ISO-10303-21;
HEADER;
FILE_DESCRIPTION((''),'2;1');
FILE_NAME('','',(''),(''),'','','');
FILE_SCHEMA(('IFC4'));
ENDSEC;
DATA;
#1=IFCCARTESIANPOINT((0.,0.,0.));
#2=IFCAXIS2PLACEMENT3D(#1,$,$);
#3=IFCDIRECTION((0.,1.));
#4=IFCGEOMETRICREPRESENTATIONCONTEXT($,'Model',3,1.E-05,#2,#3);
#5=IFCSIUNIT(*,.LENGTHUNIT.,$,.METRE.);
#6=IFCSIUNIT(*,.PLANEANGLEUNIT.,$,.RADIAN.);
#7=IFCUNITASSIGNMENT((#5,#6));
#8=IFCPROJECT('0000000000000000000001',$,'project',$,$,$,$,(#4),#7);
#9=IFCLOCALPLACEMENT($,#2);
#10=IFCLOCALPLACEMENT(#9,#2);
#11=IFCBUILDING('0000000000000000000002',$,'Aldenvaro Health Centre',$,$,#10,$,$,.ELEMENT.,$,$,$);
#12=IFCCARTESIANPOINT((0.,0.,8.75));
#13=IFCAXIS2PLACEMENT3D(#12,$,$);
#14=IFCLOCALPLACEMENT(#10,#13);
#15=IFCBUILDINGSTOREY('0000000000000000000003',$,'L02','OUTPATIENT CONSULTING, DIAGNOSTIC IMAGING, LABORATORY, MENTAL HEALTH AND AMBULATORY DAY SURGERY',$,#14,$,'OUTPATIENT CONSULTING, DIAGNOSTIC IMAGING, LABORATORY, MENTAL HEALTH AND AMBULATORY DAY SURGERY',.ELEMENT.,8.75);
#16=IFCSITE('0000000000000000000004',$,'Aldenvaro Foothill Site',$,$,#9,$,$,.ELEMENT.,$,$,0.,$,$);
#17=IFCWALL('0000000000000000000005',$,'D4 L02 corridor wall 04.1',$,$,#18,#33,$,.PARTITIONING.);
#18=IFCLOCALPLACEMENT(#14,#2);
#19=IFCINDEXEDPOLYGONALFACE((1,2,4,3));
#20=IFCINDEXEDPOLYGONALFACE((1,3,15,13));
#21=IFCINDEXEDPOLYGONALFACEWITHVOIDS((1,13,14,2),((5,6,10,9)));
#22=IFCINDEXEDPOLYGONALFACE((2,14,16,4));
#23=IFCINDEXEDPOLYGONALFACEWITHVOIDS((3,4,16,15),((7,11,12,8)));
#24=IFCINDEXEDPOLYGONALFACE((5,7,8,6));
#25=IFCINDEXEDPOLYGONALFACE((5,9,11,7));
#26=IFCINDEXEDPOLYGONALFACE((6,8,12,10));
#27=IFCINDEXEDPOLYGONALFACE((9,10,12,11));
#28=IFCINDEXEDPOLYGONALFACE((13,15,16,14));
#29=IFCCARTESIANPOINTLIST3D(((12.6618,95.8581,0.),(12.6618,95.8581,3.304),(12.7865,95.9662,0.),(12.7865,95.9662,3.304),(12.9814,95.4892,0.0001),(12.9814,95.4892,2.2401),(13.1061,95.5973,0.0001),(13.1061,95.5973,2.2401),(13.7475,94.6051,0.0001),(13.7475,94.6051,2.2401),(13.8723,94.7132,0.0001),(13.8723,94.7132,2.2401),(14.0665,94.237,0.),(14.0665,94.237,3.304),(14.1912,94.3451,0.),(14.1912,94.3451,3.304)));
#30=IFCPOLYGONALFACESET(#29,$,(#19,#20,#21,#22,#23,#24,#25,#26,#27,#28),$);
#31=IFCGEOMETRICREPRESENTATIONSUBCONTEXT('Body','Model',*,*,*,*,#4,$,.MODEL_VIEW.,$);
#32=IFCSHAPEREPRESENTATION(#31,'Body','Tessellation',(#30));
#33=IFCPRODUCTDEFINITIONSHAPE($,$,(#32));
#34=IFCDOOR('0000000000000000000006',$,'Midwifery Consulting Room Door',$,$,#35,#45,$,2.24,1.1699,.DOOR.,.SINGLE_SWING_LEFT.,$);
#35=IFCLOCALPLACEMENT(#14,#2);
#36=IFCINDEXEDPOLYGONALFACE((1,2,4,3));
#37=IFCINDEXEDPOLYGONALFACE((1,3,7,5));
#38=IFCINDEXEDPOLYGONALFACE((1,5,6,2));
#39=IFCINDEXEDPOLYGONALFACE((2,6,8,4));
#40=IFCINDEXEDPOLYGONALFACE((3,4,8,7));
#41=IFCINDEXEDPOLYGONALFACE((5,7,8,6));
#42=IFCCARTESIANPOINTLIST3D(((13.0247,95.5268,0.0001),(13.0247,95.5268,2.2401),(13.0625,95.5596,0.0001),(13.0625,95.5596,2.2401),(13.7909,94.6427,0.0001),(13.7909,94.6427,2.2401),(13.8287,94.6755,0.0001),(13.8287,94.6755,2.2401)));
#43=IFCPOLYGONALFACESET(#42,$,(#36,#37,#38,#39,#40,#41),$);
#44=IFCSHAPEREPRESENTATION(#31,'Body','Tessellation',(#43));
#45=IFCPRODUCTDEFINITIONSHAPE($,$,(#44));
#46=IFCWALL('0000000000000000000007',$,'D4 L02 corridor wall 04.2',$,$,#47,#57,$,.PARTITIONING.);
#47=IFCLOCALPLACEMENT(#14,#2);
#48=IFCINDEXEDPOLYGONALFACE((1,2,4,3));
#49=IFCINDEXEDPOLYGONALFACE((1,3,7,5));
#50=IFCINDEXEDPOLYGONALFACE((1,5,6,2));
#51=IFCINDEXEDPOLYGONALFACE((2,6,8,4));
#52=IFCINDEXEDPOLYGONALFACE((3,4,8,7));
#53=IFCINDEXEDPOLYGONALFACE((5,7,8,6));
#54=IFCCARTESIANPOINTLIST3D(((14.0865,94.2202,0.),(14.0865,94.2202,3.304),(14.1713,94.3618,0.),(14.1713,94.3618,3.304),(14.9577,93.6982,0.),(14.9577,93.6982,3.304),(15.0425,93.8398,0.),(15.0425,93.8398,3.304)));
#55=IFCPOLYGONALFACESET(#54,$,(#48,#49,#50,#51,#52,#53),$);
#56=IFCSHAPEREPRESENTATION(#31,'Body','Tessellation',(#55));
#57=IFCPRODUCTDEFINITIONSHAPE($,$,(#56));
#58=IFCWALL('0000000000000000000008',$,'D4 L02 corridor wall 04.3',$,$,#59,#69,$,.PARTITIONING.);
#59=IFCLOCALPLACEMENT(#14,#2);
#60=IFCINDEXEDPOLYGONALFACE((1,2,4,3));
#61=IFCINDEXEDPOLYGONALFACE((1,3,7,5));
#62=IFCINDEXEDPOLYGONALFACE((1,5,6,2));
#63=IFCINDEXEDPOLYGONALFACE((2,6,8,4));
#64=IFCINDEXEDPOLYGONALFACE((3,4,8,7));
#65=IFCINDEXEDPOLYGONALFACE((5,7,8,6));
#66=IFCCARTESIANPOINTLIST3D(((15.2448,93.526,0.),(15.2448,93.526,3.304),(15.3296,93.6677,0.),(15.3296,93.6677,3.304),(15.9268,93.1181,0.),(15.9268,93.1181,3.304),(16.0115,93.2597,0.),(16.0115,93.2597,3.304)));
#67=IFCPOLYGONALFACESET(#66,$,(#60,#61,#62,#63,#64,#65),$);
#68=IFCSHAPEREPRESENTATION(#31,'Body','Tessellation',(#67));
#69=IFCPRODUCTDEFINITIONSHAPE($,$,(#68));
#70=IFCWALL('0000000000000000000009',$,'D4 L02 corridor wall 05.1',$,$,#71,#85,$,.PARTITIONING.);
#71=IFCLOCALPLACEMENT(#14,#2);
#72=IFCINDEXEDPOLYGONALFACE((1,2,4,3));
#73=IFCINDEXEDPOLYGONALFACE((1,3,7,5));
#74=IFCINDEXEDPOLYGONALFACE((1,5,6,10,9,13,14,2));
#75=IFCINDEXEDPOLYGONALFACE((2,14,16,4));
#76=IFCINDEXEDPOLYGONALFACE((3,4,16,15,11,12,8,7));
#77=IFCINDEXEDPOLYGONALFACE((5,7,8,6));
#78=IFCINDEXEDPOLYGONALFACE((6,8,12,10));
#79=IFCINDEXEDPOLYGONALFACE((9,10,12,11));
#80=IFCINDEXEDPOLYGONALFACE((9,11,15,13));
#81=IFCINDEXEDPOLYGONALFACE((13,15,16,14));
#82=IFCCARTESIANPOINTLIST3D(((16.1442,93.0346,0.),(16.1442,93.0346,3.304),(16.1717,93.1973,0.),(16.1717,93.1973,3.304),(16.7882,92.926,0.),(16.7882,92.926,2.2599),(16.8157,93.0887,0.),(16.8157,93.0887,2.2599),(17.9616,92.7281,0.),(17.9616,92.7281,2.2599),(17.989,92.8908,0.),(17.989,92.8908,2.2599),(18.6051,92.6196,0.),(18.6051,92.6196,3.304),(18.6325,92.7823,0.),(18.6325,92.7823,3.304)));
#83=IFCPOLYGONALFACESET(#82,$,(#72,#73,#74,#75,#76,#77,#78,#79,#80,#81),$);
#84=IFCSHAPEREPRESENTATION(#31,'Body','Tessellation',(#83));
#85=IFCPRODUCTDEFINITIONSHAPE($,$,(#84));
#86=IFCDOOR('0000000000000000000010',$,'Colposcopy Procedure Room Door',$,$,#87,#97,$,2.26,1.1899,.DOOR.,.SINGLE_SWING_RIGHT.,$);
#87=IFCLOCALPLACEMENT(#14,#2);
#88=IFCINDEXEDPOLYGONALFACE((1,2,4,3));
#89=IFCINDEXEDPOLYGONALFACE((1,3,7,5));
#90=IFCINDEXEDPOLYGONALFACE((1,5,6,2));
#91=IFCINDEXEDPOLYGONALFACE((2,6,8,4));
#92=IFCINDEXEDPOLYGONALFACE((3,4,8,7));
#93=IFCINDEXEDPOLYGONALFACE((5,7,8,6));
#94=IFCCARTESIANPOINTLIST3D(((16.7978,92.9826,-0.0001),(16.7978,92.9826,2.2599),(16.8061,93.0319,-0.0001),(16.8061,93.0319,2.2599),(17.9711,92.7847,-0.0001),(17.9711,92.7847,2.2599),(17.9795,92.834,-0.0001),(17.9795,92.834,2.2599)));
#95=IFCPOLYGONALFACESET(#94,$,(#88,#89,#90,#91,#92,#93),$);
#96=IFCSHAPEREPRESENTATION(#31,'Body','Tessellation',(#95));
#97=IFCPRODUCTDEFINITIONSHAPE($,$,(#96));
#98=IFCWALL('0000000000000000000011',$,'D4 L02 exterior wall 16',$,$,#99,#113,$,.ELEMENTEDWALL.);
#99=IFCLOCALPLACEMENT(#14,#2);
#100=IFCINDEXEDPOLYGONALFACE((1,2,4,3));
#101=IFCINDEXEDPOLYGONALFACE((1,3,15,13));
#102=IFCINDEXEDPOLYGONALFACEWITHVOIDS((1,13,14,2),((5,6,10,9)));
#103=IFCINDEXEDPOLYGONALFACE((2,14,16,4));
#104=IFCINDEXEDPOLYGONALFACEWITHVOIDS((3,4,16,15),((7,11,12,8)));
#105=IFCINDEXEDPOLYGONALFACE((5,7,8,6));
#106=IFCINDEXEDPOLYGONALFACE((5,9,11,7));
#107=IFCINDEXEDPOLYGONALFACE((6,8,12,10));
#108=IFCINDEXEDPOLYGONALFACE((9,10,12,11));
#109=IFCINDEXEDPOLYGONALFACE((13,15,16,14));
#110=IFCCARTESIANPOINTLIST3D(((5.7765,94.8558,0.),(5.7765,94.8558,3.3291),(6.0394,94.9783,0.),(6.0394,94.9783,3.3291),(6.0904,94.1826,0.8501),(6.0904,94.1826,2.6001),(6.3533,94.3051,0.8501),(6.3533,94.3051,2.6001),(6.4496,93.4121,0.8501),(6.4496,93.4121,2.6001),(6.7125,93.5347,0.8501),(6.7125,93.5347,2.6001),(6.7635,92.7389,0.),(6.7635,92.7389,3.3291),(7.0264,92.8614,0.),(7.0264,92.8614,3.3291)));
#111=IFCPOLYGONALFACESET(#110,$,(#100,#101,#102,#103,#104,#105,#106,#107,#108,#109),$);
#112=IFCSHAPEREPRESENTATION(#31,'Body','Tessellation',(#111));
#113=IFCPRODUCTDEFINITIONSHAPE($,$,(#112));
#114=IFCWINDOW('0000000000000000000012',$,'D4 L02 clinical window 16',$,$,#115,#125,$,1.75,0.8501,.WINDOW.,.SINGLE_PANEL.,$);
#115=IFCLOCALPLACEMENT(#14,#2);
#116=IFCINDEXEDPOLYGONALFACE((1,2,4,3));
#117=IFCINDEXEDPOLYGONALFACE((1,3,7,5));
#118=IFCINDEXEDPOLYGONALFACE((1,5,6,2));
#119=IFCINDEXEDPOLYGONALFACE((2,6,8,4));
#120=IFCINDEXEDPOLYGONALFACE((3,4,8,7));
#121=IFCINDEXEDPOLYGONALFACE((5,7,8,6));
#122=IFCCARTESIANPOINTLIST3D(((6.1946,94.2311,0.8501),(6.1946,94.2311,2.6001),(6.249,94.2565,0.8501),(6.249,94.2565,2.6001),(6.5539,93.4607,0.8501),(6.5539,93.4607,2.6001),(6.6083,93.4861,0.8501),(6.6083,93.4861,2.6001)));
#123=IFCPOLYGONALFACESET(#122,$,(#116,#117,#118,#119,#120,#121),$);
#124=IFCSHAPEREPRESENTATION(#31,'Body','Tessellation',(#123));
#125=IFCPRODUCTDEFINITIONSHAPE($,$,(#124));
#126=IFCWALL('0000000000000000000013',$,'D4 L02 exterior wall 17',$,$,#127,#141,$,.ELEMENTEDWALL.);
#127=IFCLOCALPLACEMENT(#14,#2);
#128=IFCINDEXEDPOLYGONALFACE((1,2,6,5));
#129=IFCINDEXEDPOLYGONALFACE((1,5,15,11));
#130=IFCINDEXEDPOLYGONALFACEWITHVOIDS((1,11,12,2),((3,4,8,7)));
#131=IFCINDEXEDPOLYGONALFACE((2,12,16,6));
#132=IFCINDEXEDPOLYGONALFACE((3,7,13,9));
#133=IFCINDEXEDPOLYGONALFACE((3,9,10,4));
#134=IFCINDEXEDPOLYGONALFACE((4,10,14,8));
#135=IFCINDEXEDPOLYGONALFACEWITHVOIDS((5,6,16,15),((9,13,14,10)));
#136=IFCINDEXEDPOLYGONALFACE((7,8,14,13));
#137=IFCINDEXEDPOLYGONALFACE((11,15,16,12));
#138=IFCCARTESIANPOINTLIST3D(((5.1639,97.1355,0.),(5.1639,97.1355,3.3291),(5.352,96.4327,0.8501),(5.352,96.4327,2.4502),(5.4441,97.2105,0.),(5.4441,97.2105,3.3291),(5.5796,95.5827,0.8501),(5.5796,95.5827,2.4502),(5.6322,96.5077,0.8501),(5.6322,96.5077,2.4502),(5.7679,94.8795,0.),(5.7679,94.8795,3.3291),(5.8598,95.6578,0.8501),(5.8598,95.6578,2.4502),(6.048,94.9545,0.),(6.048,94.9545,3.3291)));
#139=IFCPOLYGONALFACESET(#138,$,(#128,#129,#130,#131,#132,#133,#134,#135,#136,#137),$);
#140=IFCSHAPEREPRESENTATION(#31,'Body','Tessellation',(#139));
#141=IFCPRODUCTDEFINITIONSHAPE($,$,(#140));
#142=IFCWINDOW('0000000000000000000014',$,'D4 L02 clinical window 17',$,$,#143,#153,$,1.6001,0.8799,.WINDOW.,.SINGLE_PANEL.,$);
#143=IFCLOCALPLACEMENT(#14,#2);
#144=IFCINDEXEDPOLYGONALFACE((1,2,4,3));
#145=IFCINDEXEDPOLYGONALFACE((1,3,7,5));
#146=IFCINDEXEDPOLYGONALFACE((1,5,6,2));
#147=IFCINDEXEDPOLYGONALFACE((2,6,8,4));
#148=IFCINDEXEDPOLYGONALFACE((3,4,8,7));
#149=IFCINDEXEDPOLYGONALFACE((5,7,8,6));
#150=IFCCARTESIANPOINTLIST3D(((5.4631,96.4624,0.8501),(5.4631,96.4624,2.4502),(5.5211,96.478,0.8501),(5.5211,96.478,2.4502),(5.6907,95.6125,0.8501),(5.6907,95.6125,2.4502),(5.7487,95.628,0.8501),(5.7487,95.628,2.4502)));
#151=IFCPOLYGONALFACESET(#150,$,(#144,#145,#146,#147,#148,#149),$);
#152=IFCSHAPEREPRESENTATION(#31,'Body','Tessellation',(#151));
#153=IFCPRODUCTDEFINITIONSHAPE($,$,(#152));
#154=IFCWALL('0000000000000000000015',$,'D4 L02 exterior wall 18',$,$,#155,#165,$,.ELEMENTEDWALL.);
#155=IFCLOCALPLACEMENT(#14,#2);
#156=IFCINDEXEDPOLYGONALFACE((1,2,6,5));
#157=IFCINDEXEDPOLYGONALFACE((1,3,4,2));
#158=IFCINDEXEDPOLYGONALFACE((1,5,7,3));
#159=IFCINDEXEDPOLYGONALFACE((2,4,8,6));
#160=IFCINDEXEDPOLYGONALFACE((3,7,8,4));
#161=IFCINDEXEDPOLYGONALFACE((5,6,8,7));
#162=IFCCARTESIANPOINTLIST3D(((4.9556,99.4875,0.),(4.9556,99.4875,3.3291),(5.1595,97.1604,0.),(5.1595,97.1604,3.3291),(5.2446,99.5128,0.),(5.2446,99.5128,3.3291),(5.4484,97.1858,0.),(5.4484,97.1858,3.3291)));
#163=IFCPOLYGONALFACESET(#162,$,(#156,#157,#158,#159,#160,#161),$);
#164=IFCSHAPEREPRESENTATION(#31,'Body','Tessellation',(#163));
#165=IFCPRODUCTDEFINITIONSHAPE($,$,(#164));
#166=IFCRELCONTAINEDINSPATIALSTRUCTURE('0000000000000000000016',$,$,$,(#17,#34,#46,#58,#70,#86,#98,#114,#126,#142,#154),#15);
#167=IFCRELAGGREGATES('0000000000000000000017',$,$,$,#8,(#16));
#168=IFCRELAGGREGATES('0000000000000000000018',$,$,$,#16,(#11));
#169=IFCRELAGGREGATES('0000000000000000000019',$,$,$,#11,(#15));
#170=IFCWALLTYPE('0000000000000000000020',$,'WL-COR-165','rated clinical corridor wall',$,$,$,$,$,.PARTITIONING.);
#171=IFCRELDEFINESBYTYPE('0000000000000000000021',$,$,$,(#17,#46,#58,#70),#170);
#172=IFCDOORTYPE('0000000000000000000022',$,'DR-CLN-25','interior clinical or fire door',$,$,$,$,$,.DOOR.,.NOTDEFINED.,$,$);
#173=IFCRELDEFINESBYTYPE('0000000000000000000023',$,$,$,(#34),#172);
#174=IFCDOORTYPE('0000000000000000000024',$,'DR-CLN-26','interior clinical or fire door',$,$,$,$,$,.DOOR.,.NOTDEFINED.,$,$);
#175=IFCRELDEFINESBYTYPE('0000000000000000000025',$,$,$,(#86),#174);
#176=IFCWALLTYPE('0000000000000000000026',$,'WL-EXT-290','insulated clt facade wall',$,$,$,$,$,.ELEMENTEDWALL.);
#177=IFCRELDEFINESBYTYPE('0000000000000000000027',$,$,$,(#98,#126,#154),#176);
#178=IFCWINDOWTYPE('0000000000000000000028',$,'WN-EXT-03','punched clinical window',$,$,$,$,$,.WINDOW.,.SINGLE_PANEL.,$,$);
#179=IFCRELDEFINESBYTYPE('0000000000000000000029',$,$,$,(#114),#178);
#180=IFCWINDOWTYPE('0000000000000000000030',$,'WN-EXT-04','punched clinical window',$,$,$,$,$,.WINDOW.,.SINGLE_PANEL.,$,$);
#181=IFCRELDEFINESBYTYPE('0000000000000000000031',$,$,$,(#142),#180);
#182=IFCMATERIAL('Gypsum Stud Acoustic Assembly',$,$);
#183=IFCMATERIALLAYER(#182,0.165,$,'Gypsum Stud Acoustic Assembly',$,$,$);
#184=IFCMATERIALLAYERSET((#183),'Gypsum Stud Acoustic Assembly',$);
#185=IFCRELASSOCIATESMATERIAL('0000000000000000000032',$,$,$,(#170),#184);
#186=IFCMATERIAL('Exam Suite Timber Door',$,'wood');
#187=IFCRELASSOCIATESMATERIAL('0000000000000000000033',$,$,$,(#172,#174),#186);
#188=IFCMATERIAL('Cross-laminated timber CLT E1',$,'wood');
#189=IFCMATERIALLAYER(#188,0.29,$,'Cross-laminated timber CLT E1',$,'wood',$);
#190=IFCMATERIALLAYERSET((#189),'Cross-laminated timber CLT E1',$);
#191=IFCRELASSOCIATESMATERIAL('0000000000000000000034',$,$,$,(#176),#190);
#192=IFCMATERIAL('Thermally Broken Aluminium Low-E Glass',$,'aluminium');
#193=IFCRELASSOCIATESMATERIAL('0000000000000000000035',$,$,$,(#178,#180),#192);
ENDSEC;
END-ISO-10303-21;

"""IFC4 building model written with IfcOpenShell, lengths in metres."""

from ifc_helpers import new_model, si_unit, direction, frame, frame_2d, origin, place, context, subcontext, project, spatial, rectangle, extrude, material, layer, layer_set, type_object, element, fill, save


model = new_model("IFC4")

# Units and contexts
model_context = context("Model", 3, precision=1e-05, world=origin(), true_north=direction((0.0, 1.0)))
body_context = subcontext(model_context, "Body", "Model", "MODEL_VIEW")
ifc_project = project(units=[si_unit("LENGTHUNIT", "METRE"), si_unit("PLANEANGLEUNIT", "RADIAN")], contexts=[model_context])

# Site, building, storey
site_placement = place(None, origin())
site = spatial("IfcSite", under=ifc_project, at=site_placement, Name="Aldenvaro Foothill Site", CompositionType="ELEMENT", RefElevation=0.0)
building_placement = place(site_placement, origin())
building = spatial("IfcBuilding", under=site, at=building_placement, Name="Aldenvaro Health Centre", CompositionType="ELEMENT")
storey_placement = place(building_placement, frame((0.0, 0.0, 8.75)))
storey = spatial("IfcBuildingStorey", under=building, at=storey_placement, Name="L02", Description="OUTPATIENT CONSULTING, DIAGNOSTIC IMAGING, LABORATORY, MENTAL HEALTH AND AMBULATORY DAY SURGERY", LongName="OUTPATIENT CONSULTING, DIAGNOSTIC IMAGING, LABORATORY, MENTAL HEALTH AND AMBULATORY DAY SURGERY", CompositionType="ELEMENT", Elevation=8.75)

# Shared definitions
ifc_material_1 = material(Name="Gypsum Stud Acoustic Assembly")

# Wall, opening, door
ifc_layer_1 = layer(ifc_material_1, 0.165, Name="Gypsum Stud Acoustic Assembly")
ifc_layer_set_1 = layer_set([ifc_layer_1], Name="Gypsum Stud Acoustic Assembly")
wall_type_1 = type_object("IfcWallType", Name="WL-COR-165", Description="rated clinical corridor wall", PredefinedType="PARTITIONING", material=ifc_layer_set_1)
wall_1_placement = place(storey_placement, frame((12.7241, 95.9121, 0.0), z_axis=(0.0, 0.0, 1.0), x_axis=(0.654887, -0.755727, 0.0)))
wall_1 = element("IfcWall", 1, at=wall_1_placement, inside=storey, type_object=wall_type_1, Name="D4 L02 corridor wall 04.1", PredefinedType="PARTITIONING", context=body_context, shape_type="SweptSolid", body=[
    extrude(rectangle(XDim=2.145, YDim=0.165, at=frame_2d((1.0725, 0.0))), origin(), (0.0, 0.0, 1.0), 3.304),
])
opening_1_placement = place(wall_1_placement, frame((0.488, 0.0, 0.0)))
opening_1 = element("IfcOpeningElement", 2, at=opening_1_placement, cuts=wall_1, PredefinedType="OPENING", context=body_context, shape_type="SweptSolid", body=[
    extrude(rectangle(XDim=1.1699, YDim=2.24, at=frame_2d((0.585, 1.1201))), frame((0.0, 0.0925, 0.0), z_axis=(0.0, -1.0, 0.0), x_axis=(1.0, 0.0, 0.0)), (0.0, 0.0, 1.0), 0.1851),
])
ifc_material_2 = material(Name="Exam Suite Timber Door", Category="wood")
door_type_1 = type_object("IfcDoorType", Name="DR-CLN-25", Description="interior clinical or fire door", OperationType="NOTDEFINED", PredefinedType="DOOR", material=ifc_material_2)
door_1_placement = place(opening_1_placement, origin())
door_1 = element("IfcDoor", 3, at=door_1_placement, inside=storey, type_object=door_type_1, Name="Midwifery Consulting Room Door", OperationType="SINGLE_SWING_LEFT", OverallHeight=2.24, OverallWidth=1.1699, PredefinedType="DOOR", context=body_context, shape_type="SweptSolid", body=[
    extrude(rectangle(XDim=1.1699, YDim=2.24, at=frame_2d((0.585, 1.1201))), frame((0.0, 0.0249, 0.0), z_axis=(0.0, -1.0, 0.0), x_axis=(1.0, 0.0, 0.0)), (0.0, 0.0, 1.0), 0.05),
])
fill(opening_1, door_1)

# Walls
wall_2_placement = place(storey_placement, frame((14.1289, 94.291, 0.0), z_axis=(0.0, 0.0, 1.0), x_axis=(0.85779, -0.514001, 0.0)))
element("IfcWall", 4, at=wall_2_placement, inside=storey, type_object=wall_type_1, Name="D4 L02 corridor wall 04.2", PredefinedType="PARTITIONING", context=body_context, shape_type="SweptSolid", body=[
    extrude(rectangle(XDim=1.0156, YDim=0.165, at=frame_2d((0.5078, 0.0))), origin(), (0.0, 0.0, 1.0), 3.304),
])
wall_3_placement = place(storey_placement, frame((15.2871, 93.5969, 0.0), z_axis=(0.0, 0.0, 1.0), x_axis=(0.858143, -0.513411, 0.0)))
element("IfcWall", 5, at=wall_3_placement, inside=storey, type_object=wall_type_1, Name="D4 L02 corridor wall 04.3", PredefinedType="PARTITIONING", context=body_context, shape_type="SweptSolid", body=[
    extrude(rectangle(XDim=0.7947, YDim=0.165, at=frame_2d((0.3975, 0.0))), origin(), (0.0, 0.0, 1.0), 3.304),
])

# Wall, opening, door
wall_4_placement = place(storey_placement, frame((16.158, 93.116, 0.0), z_axis=(0.0, 0.0, 1.0), x_axis=(0.986075, -0.166302, 0.0)))
wall_4 = element("IfcWall", 6, at=wall_4_placement, inside=storey, type_object=wall_type_1, Name="D4 L02 corridor wall 05.1", PredefinedType="PARTITIONING", context=body_context, shape_type="SweptSolid", body=[
    extrude(rectangle(XDim=2.4956, YDim=0.165, at=frame_2d((1.2478, 0.0))), origin(), (0.0, 0.0, 1.0), 3.304),
])
opening_2_placement = place(wall_4_placement, frame((0.6531, 0.0, 0.0)))
opening_2 = element("IfcOpeningElement", 7, at=opening_2_placement, cuts=wall_4, PredefinedType="OPENING", context=body_context, shape_type="SweptSolid", body=[
    extrude(rectangle(XDim=1.1899, YDim=2.26, at=frame_2d((0.595, 1.1299))), frame((0.0, 0.0925, 0.0), z_axis=(0.0, -1.0, 0.0), x_axis=(1.0, 0.0, 0.0)), (0.0, 0.0, 1.0), 0.1851),
])
door_type_2 = type_object("IfcDoorType", Name="DR-CLN-26", Description="interior clinical or fire door", OperationType="NOTDEFINED", PredefinedType="DOOR", material=ifc_material_2)
door_2_placement = place(opening_2_placement, origin())
door_2 = element("IfcDoor", 8, at=door_2_placement, inside=storey, type_object=door_type_2, Name="Colposcopy Procedure Room Door", OperationType="SINGLE_SWING_RIGHT", OverallHeight=2.26, OverallWidth=1.1899, PredefinedType="DOOR", context=body_context, shape_type="SweptSolid", body=[
    extrude(rectangle(XDim=1.1899, YDim=2.26, at=frame_2d((0.595, 1.1299))), frame((0.0, 0.0249, 0.0), z_axis=(0.0, -1.0, 0.0), x_axis=(1.0, 0.0, 0.0)), (0.0, 0.0, 1.0), 0.05),
])
fill(opening_2, door_2)

# Walls, openings, windows
ifc_material_3 = material(Name="Cross-laminated timber CLT E1", Category="wood")
ifc_layer_2 = layer(ifc_material_3, 0.29, Name="Cross-laminated timber CLT E1", Category="wood")
ifc_layer_set_2 = layer_set([ifc_layer_2], Name="Cross-laminated timber CLT E1")
wall_type_2 = type_object("IfcWallType", Name="WL-EXT-290", Description="insulated clt facade wall", PredefinedType="ELEMENTEDWALL", material=ifc_layer_set_2)
wall_5_placement = place(storey_placement, frame((6.895, 92.8, 0.0), z_axis=(0.0, 0.0, 1.0), x_axis=(-0.422588, 0.906322, 0.0)))
wall_5 = element("IfcWall", 9, at=wall_5_placement, inside=storey, type_object=wall_type_2, Name="D4 L02 exterior wall 16", PredefinedType="ELEMENTEDWALL", context=body_context, shape_type="SweptSolid", body=[
    extrude(rectangle(XDim=2.3357, YDim=0.29, at=frame_2d((1.168, 0.0))), origin(), (0.0, 0.0, 1.0), 3.3291),
])
opening_3_placement = place(wall_5_placement, frame((0.7429, 0.0, 0.8501)))
opening_3 = element("IfcOpeningElement", 10, at=opening_3_placement, cuts=wall_5, PredefinedType="OPENING", context=body_context, shape_type="SweptSolid", body=[
    extrude(rectangle(XDim=0.8501, YDim=1.75, at=frame_2d((0.425, 0.875))), frame((0.0, 0.155, 0.0), z_axis=(0.0, -1.0, 0.0), x_axis=(1.0, 0.0, 0.0)), (0.0, 0.0, 1.0), 0.3101),
])
ifc_material_4 = material(Name="Thermally Broken Aluminium Low-E Glass", Category="aluminium")
window_type_1 = type_object("IfcWindowType", Name="WN-EXT-03", Description="punched clinical window", PartitioningType="SINGLE_PANEL", PredefinedType="WINDOW", material=ifc_material_4)
window_1_placement = place(opening_3_placement, origin())
window_1 = element("IfcWindow", 11, at=window_1_placement, inside=storey, type_object=window_type_1, Name="D4 L02 clinical window 16", OverallHeight=1.75, OverallWidth=0.8501, PartitioningType="SINGLE_PANEL", PredefinedType="WINDOW", context=body_context, shape_type="SweptSolid", body=[
    extrude(rectangle(XDim=0.8501, YDim=1.75, at=frame_2d((0.425, 0.875))), frame((0.0, 0.03, 0.0), z_axis=(0.0, -1.0, 0.0), x_axis=(1.0, 0.0, 0.0)), (0.0, 0.0, 1.0), 0.0601),
])
fill(opening_3, window_1)
wall_6_placement = place(storey_placement, frame((5.908, 94.917, 0.0), z_axis=(0.0, 0.0, 1.0), x_axis=(-0.258612, 0.965981, 0.0)))
wall_6 = element("IfcWall", 12, at=wall_6_placement, inside=storey, type_object=wall_type_2, Name="D4 L02 exterior wall 17", PredefinedType="ELEMENTEDWALL", context=body_context, shape_type="SweptSolid", body=[
    extrude(rectangle(XDim=2.3354, YDim=0.29, at=frame_2d((1.1677, 0.0))), origin(), (0.0, 0.0, 1.0), 3.3291),
])
opening_4_placement = place(wall_6_placement, frame((0.728, 0.0, 0.8501)))
opening_4 = element("IfcOpeningElement", 13, at=opening_4_placement, cuts=wall_6, PredefinedType="OPENING", context=body_context, shape_type="SweptSolid", body=[
    extrude(rectangle(XDim=0.8799, YDim=1.6001, at=frame_2d((0.4399, 0.8))), frame((0.0, 0.155, 0.0), z_axis=(0.0, -1.0, 0.0), x_axis=(1.0, 0.0, 0.0)), (0.0, 0.0, 1.0), 0.3101),
])
window_type_2 = type_object("IfcWindowType", Name="WN-EXT-04", Description="punched clinical window", PartitioningType="SINGLE_PANEL", PredefinedType="WINDOW", material=ifc_material_4)
window_2_placement = place(opening_4_placement, origin())
window_2 = element("IfcWindow", 14, at=window_2_placement, inside=storey, type_object=window_type_2, Name="D4 L02 clinical window 17", OverallHeight=1.6001, OverallWidth=0.8799, PartitioningType="SINGLE_PANEL", PredefinedType="WINDOW", context=body_context, shape_type="SweptSolid", body=[
    extrude(rectangle(XDim=0.8799, YDim=1.6001, at=frame_2d((0.4399, 0.8))), frame((0.0, 0.03, 0.0), z_axis=(0.0, -1.0, 0.0), x_axis=(1.0, 0.0, 0.0)), (0.0, 0.0, 1.0), 0.0601),
])
fill(opening_4, window_2)

# Wall
wall_7_placement = place(storey_placement, frame((5.304, 97.1731, 0.0), z_axis=(0.0, 0.0, 1.0), x_axis=(-0.087275, 0.996184, 0.0)))
element("IfcWall", 15, at=wall_7_placement, inside=storey, type_object=wall_type_2, Name="D4 L02 exterior wall 18", PredefinedType="ELEMENTEDWALL", context=body_context, shape_type="SweptSolid", body=[
    extrude(rectangle(XDim=2.3359, YDim=0.29, at=frame_2d((1.168, 0.0))), origin(), (0.0, 0.0, 1.0), 3.3291),
])

save(model, "model.ifc")
